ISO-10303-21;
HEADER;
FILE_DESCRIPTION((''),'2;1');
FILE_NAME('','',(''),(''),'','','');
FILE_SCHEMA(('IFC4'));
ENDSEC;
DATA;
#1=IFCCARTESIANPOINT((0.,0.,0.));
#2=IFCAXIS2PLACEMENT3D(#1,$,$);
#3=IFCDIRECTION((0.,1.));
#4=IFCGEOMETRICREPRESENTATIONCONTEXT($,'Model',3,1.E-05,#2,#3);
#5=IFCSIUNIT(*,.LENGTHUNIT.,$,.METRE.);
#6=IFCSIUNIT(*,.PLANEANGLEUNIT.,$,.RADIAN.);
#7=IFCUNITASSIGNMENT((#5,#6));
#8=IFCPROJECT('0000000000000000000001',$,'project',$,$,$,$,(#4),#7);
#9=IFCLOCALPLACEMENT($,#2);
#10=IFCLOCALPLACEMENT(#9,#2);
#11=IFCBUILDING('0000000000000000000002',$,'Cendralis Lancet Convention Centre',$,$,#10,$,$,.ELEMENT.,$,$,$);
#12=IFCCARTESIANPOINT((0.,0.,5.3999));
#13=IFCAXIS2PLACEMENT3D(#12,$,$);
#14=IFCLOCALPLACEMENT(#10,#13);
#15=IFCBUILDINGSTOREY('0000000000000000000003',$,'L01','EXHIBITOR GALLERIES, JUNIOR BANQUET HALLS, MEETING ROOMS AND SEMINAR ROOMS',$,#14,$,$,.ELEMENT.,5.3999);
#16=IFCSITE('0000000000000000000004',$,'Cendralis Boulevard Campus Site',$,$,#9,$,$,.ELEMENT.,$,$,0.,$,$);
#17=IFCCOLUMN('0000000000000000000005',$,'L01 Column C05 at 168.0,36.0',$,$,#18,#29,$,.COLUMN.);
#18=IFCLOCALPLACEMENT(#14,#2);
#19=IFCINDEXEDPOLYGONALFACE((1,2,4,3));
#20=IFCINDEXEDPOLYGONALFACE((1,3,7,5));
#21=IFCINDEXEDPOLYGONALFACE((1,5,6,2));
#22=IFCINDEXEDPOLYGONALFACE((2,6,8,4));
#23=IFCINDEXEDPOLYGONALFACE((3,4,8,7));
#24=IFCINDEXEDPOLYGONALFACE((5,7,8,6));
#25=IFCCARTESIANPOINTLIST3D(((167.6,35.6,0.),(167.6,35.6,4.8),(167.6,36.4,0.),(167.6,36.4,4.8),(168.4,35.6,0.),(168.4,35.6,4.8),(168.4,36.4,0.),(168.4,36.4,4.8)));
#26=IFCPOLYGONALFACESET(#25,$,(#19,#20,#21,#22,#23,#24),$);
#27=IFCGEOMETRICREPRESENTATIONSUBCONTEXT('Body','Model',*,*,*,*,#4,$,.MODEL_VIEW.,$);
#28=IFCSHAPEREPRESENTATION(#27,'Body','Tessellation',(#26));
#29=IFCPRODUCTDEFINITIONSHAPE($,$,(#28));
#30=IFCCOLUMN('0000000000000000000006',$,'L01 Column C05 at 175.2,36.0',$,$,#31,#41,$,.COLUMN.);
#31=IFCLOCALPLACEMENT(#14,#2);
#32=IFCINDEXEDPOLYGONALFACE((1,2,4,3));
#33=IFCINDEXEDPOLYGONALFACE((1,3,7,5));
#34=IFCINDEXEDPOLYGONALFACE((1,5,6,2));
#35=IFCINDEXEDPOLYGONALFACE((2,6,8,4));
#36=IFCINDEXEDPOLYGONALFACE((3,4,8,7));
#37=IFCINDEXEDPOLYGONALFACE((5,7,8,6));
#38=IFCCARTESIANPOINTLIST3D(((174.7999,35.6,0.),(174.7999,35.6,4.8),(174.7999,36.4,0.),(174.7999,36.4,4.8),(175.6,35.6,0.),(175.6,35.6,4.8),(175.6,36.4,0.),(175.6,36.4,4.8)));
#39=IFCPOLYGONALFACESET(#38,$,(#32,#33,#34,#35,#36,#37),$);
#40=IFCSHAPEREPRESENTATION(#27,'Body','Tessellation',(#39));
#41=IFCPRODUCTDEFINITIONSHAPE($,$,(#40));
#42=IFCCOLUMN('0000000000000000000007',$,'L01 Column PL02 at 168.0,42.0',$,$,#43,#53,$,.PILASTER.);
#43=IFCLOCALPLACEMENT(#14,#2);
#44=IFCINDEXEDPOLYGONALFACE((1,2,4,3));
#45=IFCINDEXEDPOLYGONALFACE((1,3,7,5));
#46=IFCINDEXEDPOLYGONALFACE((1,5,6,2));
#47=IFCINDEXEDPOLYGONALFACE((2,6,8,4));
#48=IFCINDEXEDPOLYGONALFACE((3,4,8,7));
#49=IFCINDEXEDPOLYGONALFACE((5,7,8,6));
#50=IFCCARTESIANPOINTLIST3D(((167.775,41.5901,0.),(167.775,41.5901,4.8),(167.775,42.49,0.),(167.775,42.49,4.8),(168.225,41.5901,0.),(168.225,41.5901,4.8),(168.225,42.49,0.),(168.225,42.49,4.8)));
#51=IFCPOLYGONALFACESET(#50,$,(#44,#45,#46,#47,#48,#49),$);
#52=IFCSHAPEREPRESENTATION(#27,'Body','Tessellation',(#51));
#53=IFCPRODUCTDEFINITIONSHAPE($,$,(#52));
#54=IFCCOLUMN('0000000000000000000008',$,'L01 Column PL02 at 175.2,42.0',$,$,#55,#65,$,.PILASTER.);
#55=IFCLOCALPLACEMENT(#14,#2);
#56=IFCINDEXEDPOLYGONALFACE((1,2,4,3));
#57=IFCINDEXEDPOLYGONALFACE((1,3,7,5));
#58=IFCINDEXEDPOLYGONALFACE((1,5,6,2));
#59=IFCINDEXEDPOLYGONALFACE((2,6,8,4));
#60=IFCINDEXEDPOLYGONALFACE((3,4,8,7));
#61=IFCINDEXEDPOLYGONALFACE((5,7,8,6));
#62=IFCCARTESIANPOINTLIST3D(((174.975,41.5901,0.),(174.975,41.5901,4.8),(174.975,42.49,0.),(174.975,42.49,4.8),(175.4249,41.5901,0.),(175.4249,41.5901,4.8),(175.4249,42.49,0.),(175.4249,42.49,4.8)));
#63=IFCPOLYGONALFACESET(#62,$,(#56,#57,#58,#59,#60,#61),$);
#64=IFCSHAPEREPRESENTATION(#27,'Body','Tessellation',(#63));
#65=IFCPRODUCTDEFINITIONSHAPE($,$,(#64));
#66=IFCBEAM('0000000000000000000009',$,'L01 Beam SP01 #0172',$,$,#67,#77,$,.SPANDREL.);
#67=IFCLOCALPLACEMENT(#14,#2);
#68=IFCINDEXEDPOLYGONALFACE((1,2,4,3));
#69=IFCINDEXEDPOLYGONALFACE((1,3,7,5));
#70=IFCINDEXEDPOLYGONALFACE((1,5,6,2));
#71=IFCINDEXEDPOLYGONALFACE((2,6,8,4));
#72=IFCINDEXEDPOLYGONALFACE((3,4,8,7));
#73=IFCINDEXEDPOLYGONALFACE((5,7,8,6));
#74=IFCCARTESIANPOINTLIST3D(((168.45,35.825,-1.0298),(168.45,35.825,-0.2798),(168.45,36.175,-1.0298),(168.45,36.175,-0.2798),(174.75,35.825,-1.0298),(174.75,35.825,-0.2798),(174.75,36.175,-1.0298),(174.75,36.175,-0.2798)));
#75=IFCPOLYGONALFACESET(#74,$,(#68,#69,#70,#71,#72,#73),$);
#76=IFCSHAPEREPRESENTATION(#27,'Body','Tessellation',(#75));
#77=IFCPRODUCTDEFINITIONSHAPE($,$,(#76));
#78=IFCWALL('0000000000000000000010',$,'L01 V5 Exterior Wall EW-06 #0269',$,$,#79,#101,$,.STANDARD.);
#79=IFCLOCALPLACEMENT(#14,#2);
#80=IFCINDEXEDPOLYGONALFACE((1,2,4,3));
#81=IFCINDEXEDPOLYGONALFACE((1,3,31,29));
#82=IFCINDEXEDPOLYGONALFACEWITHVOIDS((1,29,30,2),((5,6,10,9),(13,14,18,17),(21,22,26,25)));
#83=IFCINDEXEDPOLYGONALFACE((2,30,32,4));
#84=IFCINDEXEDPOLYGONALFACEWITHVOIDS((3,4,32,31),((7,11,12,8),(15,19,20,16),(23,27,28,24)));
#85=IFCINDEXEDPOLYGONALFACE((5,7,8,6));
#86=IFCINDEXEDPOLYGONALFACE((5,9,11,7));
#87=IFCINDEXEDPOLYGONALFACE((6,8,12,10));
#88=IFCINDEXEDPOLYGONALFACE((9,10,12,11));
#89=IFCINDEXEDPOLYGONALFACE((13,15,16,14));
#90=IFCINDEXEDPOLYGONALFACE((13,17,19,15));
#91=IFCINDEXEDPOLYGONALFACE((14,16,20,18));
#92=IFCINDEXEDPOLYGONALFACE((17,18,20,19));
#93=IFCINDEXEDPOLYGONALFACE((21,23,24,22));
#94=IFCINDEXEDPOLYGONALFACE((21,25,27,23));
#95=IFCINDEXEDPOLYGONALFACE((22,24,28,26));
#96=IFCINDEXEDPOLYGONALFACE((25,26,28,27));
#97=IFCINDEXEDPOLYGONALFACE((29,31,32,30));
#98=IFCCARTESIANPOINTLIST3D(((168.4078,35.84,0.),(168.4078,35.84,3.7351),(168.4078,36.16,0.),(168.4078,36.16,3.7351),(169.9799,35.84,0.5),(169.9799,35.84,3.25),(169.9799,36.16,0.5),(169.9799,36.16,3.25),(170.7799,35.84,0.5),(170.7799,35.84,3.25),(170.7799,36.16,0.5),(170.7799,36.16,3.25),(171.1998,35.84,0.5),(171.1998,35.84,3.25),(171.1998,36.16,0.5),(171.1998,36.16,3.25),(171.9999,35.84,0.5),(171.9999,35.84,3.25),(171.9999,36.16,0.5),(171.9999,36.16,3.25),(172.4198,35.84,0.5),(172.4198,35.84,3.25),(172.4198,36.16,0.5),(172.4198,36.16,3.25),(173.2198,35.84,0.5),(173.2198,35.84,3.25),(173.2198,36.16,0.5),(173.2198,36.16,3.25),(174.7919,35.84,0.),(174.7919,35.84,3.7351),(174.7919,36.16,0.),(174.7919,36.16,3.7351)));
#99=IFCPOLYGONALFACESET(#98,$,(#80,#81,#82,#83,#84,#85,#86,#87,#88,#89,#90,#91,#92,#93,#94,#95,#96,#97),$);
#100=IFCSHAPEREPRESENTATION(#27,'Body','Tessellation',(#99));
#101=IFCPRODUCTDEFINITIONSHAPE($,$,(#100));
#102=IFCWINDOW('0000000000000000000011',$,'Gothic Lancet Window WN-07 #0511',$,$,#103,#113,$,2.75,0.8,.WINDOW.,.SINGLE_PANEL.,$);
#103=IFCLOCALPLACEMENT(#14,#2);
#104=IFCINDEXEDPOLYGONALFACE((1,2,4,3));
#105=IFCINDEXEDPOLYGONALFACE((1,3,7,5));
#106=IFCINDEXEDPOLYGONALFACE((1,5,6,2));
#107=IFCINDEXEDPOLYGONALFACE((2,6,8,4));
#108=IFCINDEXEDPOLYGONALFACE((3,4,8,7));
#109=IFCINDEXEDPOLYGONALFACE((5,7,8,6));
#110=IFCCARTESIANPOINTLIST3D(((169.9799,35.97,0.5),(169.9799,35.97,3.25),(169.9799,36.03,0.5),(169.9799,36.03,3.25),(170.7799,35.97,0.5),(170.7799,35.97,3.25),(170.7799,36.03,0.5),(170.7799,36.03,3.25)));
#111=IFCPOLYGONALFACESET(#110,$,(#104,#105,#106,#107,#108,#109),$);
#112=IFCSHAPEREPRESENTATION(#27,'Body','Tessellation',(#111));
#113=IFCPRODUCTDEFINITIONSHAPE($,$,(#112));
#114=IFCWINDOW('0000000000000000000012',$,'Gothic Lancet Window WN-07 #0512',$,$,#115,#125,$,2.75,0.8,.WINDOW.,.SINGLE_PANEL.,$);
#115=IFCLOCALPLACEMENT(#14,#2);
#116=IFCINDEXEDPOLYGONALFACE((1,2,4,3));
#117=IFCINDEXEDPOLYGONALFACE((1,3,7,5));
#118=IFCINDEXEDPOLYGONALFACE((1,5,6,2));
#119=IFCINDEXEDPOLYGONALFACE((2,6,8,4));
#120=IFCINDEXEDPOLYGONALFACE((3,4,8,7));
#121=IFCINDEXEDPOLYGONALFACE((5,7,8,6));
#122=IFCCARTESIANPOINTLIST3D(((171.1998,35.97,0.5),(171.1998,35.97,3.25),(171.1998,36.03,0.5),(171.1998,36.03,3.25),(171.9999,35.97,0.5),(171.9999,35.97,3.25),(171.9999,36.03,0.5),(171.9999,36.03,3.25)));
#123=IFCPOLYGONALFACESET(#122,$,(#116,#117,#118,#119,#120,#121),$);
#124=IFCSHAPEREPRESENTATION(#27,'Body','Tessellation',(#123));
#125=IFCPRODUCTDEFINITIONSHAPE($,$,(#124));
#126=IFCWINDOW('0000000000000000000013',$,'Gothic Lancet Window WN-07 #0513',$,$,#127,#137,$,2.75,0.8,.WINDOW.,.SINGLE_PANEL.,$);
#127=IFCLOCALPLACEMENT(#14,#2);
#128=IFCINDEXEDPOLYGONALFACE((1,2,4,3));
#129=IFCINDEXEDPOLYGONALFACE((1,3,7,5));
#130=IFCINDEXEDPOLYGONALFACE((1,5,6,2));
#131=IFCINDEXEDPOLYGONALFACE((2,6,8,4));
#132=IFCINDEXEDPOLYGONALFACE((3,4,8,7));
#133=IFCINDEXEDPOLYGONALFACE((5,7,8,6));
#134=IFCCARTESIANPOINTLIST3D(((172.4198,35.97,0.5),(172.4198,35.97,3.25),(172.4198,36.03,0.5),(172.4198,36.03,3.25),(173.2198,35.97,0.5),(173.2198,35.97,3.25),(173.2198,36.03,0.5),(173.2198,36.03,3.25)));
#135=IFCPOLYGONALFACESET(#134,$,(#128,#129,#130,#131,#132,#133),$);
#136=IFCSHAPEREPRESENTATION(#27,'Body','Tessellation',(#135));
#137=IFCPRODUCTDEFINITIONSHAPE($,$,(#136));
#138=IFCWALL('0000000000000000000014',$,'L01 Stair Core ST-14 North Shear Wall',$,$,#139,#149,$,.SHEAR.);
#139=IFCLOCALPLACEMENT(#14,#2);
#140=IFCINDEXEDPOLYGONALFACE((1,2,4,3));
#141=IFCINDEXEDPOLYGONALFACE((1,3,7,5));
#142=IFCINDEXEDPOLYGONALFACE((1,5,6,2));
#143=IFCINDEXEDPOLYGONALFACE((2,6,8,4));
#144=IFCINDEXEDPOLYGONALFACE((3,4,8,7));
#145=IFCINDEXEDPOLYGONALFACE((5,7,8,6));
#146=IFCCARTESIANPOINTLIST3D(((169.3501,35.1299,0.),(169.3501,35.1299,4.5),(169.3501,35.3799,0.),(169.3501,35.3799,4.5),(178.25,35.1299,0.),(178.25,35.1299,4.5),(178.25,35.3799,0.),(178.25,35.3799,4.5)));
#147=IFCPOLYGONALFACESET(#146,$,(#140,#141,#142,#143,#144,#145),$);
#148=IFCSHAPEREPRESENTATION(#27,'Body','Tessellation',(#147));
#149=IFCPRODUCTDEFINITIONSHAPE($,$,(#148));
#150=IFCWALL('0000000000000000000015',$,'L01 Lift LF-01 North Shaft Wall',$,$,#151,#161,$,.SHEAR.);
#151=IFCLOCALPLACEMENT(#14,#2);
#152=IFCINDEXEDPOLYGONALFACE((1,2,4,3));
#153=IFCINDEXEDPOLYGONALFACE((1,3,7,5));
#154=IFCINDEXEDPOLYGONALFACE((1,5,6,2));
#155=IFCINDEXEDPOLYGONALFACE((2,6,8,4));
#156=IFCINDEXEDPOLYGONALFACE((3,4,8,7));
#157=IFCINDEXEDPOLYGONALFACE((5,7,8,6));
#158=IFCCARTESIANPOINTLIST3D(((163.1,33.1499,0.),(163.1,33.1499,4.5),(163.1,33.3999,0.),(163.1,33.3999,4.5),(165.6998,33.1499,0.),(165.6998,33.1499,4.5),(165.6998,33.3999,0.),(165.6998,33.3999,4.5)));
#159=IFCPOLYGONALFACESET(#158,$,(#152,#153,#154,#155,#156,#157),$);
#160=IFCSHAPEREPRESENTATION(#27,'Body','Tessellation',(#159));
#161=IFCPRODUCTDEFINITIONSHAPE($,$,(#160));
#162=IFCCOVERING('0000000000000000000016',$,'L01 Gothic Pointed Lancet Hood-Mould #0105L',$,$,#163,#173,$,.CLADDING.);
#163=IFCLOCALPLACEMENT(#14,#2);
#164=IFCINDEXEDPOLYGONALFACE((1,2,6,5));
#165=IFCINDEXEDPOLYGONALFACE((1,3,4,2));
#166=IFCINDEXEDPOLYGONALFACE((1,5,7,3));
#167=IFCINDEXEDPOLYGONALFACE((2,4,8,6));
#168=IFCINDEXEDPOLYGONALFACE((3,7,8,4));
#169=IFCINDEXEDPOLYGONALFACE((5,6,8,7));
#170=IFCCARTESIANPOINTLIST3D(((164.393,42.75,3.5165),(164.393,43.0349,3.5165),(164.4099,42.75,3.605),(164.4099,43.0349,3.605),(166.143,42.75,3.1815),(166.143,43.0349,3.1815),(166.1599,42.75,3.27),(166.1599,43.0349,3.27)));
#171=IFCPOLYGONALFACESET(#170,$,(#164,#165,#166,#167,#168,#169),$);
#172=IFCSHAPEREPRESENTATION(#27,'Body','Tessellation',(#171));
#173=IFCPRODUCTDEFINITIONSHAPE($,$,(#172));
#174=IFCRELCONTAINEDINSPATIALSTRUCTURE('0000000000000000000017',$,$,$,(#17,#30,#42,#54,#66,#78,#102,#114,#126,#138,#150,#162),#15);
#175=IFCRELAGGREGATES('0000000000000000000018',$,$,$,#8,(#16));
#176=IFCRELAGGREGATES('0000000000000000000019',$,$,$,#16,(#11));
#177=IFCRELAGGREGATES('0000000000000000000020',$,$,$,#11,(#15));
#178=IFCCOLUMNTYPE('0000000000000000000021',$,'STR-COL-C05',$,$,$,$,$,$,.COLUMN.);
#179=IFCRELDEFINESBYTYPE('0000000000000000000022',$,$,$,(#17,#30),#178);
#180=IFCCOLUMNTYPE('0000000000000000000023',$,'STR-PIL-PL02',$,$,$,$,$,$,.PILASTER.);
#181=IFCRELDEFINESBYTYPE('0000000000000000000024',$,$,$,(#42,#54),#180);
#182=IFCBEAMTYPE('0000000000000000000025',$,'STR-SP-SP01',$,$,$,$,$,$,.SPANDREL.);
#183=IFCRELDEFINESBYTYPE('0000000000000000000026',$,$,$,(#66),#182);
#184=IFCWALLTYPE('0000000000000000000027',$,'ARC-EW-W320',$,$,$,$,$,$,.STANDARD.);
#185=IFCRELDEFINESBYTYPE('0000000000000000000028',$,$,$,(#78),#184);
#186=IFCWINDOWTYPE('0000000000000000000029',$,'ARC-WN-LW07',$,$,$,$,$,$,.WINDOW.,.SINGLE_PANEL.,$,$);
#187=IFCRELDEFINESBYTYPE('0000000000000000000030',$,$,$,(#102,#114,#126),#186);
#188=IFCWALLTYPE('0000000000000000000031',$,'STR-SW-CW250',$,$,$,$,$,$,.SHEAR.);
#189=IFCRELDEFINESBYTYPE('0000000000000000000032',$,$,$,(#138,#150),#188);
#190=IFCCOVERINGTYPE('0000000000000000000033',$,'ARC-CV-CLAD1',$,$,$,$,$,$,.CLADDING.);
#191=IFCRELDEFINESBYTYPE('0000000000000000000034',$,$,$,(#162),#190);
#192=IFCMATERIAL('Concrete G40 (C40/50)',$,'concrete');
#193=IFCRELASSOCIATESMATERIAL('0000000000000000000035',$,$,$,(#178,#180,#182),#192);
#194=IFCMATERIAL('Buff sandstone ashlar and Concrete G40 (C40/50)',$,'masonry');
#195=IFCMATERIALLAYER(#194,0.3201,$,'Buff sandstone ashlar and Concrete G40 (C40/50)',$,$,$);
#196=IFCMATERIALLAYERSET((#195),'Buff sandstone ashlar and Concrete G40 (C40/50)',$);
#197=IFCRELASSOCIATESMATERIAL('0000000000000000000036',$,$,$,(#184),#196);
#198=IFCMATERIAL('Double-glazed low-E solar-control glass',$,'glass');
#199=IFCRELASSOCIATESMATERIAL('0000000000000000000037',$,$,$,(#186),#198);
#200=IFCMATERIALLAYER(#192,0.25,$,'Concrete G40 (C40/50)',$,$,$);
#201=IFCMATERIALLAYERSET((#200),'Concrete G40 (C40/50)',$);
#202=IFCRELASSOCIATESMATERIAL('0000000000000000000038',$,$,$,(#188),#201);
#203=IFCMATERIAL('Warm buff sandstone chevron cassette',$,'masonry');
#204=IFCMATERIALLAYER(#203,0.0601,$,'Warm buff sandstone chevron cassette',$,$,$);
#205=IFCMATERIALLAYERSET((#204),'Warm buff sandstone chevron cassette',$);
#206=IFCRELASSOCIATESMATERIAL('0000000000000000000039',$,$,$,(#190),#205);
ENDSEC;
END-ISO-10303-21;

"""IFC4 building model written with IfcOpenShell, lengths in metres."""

from ifc_helpers import new_model, si_unit, direction, frame, frame_2d, origin, origin_2d, place, context, subcontext, project, spatial, polyline, rectangle, outline, extrude, material, layer, layer_set, material_profile, profile_set, type_object, element, fill, save


model = new_model("IFC4")

# Units and contexts
model_context = context("Model", 3, precision=1e-05, world=origin(), true_north=direction((0.0, 1.0)))
body_context = subcontext(model_context, "Body", "Model", "MODEL_VIEW")
ifc_project = project(units=[si_unit("LENGTHUNIT", "METRE"), si_unit("PLANEANGLEUNIT", "RADIAN")], contexts=[model_context])

# Site, building, storey
site_placement = place(None, origin())
site = spatial("IfcSite", under=ifc_project, at=site_placement, Name="Cendralis Boulevard Campus Site", CompositionType="ELEMENT", RefElevation=0.0)
building_placement = place(site_placement, origin())
building = spatial("IfcBuilding", under=site, at=building_placement, Name="Cendralis Lancet Convention Centre", CompositionType="ELEMENT")
storey_placement = place(building_placement, frame((0.0, 0.0, 5.3999)))
storey = spatial("IfcBuildingStorey", under=building, at=storey_placement, Name="L01", Description="EXHIBITOR GALLERIES, JUNIOR BANQUET HALLS, MEETING ROOMS AND SEMINAR ROOMS", CompositionType="ELEMENT", Elevation=5.3999)

# Columns
ifc_material_1 = material(Name="Concrete G40 (C40/50)", Category="concrete")
ifc_material_profile_1 = material_profile(ifc_material_1, rectangle(XDim=0.8, YDim=0.8, at=origin_2d()), Name="RC 800x800")
ifc_profile_set_1 = profile_set([ifc_material_profile_1], Name="Concrete G40 (C40/50)")
column_type_1 = type_object("IfcColumnType", Name="STR-COL-C05", PredefinedType="COLUMN", material=ifc_profile_set_1)
for number, where, z_axis, x_axis, name in (
    (1, (168.0, 36.0, 0.0), (0.0, 0.0, 1.0), (1.0, 0.0, 0.0), "L01 Column C05 at 168.0,36.0"),
    (2, (175.2, 36.0, 0.0), (0.0, 0.0, 1.0), (1.0, 0.0, 0.0), "L01 Column C05 at 175.2,36.0"),
):
    element("IfcColumn", number, at=place(storey_placement, frame(where, z_axis=z_axis, x_axis=x_axis)), inside=storey, type_object=column_type_1, Name=name, PredefinedType="COLUMN", context=body_context, shape_type="SweptSolid", body=[
        extrude(rectangle(XDim=0.8, YDim=0.8, at=origin_2d()), origin(), (0.0, 0.0, 1.0), 4.8),
    ])
ifc_material_profile_2 = material_profile(ifc_material_1, rectangle(XDim=0.45, YDim=0.8999, at=origin_2d()), Name="RC 450x900")
ifc_profile_set_2 = profile_set([ifc_material_profile_2], Name="Concrete G40 (C40/50)")
column_type_2 = type_object("IfcColumnType", Name="STR-PIL-PL02", PredefinedType="PILASTER", material=ifc_profile_set_2)
for number, where, z_axis, x_axis, name in (
    (3, (168.0, 42.04, 0.0), (0.0, 0.0, 1.0), (1.0, 0.0, 0.0), "L01 Column PL02 at 168.0,42.0"),
    (4, (175.2, 42.04, 0.0), (0.0, 0.0, 1.0), (1.0, 0.0, 0.0), "L01 Column PL02 at 175.2,42.0"),
):
    element("IfcColumn", number, at=place(storey_placement, frame(where, z_axis=z_axis, x_axis=x_axis)), inside=storey, type_object=column_type_2, Name=name, PredefinedType="PILASTER", context=body_context, shape_type="SweptSolid", body=[
        extrude(rectangle(XDim=0.45, YDim=0.8999, at=origin_2d()), origin(), (0.0, 0.0, 1.0), 4.8),
    ])

# Beam
ifc_material_profile_3 = material_profile(ifc_material_1, rectangle(XDim=0.3501, YDim=0.75, at=origin_2d()), Name="RCB 350x750")
ifc_profile_set_3 = profile_set([ifc_material_profile_3], Name="Concrete G40 (C40/50)")
beam_type = type_object("IfcBeamType", Name="STR-SP-SP01", PredefinedType="SPANDREL", material=ifc_profile_set_3)
beam_placement = place(storey_placement, frame((168.45, 36.0, -0.6548), z_axis=(1.0, 0.0, 0.0), x_axis=(0.0, 1.0, 0.0)))
element("IfcBeam", 5, at=beam_placement, inside=storey, type_object=beam_type, Name="L01 Beam SP01 #0172", PredefinedType="SPANDREL", context=body_context, shape_type="SweptSolid", body=[
    extrude(rectangle(XDim=0.3501, YDim=0.75, at=origin_2d()), origin(), (0.0, 0.0, 1.0), 6.3),
])

# Wall, openings, windows
ifc_material_2 = material(Name="Buff sandstone ashlar and Concrete G40 (C40/50)", Category="masonry")
ifc_layer_1 = layer(ifc_material_2, 0.3201, Name="Buff sandstone ashlar and Concrete G40 (C40/50)")
ifc_layer_set_1 = layer_set([ifc_layer_1], Name="Buff sandstone ashlar and Concrete G40 (C40/50)")
wall_type_1 = type_object("IfcWallType", Name="ARC-EW-W320", PredefinedType="STANDARD", material=ifc_layer_set_1)
wall_1_placement = place(storey_placement, frame((168.408, 36.0, 0.0), z_axis=(0.0, 0.0, 1.0), x_axis=(1.0, 0.0, 0.0)))
wall_1 = element("IfcWall", 6, at=wall_1_placement, inside=storey, type_object=wall_type_1, Name="L01 V5 Exterior Wall EW-06 #0269", PredefinedType="STANDARD", context=body_context, shape_type="SweptSolid", body=[
    extrude(rectangle(XDim=6.384, YDim=0.3201, at=frame_2d((3.1919, 0.0))), origin(), (0.0, 0.0, 1.0), 3.7351),
])
opening_1_placement = place(wall_1_placement, frame((1.572, 0.0, 0.5)))
opening_1 = element("IfcOpeningElement", 7, at=opening_1_placement, cuts=wall_1, PredefinedType="OPENING", context=body_context, shape_type="SweptSolid", body=[
    extrude(rectangle(XDim=0.8, YDim=2.75, at=frame_2d((0.3999, 1.375))), frame((0.0, 0.1699, 0.0), z_axis=(0.0, -1.0, 0.0), x_axis=(1.0, 0.0, 0.0)), (0.0, 0.0, 1.0), 0.3401),
])
opening_2_placement = place(wall_1_placement, frame((2.792, 0.0, 0.5)))
opening_2 = element("IfcOpeningElement", 8, at=opening_2_placement, cuts=wall_1, PredefinedType="OPENING", context=body_context, shape_type="SweptSolid", body=[
    extrude(rectangle(XDim=0.8, YDim=2.75, at=frame_2d((0.3999, 1.375))), frame((0.0, 0.1699, 0.0), z_axis=(0.0, -1.0, 0.0), x_axis=(1.0, 0.0, 0.0)), (0.0, 0.0, 1.0), 0.3401),
])
opening_3_placement = place(wall_1_placement, frame((4.012, 0.0, 0.5)))
opening_3 = element("IfcOpeningElement", 9, at=opening_3_placement, cuts=wall_1, PredefinedType="OPENING", context=body_context, shape_type="SweptSolid", body=[
    extrude(rectangle(XDim=0.8, YDim=2.75, at=frame_2d((0.3999, 1.375))), frame((0.0, 0.1699, 0.0), z_axis=(0.0, -1.0, 0.0), x_axis=(1.0, 0.0, 0.0)), (0.0, 0.0, 1.0), 0.3401),
])
ifc_material_3 = material(Name="Double-glazed low-E solar-control glass", Category="glass")
window_type = type_object("IfcWindowType", Name="ARC-WN-LW07", PartitioningType="SINGLE_PANEL", PredefinedType="WINDOW", material=ifc_material_3)
window_1_placement = place(opening_1_placement, origin())
window_1 = element("IfcWindow", 10, at=window_1_placement, inside=storey, type_object=window_type, Name="Gothic Lancet Window WN-07 #0511", OverallHeight=2.75, OverallWidth=0.8, PartitioningType="SINGLE_PANEL", PredefinedType="WINDOW", context=body_context, shape_type="SweptSolid", body=[
    extrude(rectangle(XDim=0.8, YDim=2.75, at=frame_2d((0.3999, 1.375))), frame((0.0, 0.03, 0.0), z_axis=(0.0, -1.0, 0.0), x_axis=(1.0, 0.0, 0.0)), (0.0, 0.0, 1.0), 0.0601),
])
fill(opening_1, window_1)
window_2_placement = place(opening_2_placement, origin())
window_2 = element("IfcWindow", 11, at=window_2_placement, inside=storey, type_object=window_type, Name="Gothic Lancet Window WN-07 #0512", OverallHeight=2.75, OverallWidth=0.8, PartitioningType="SINGLE_PANEL", PredefinedType="WINDOW", context=body_context, shape_type="SweptSolid", body=[
    extrude(rectangle(XDim=0.8, YDim=2.75, at=frame_2d((0.3999, 1.375))), frame((0.0, 0.03, 0.0), z_axis=(0.0, -1.0, 0.0), x_axis=(1.0, 0.0, 0.0)), (0.0, 0.0, 1.0), 0.0601),
])
fill(opening_2, window_2)
window_3_placement = place(opening_3_placement, origin())
window_3 = element("IfcWindow", 12, at=window_3_placement, inside=storey, type_object=window_type, Name="Gothic Lancet Window WN-07 #0513", OverallHeight=2.75, OverallWidth=0.8, PartitioningType="SINGLE_PANEL", PredefinedType="WINDOW", context=body_context, shape_type="SweptSolid", body=[
    extrude(rectangle(XDim=0.8, YDim=2.75, at=frame_2d((0.3999, 1.375))), frame((0.0, 0.03, 0.0), z_axis=(0.0, -1.0, 0.0), x_axis=(1.0, 0.0, 0.0)), (0.0, 0.0, 1.0), 0.0601),
])
fill(opening_3, window_3)

# Shared definitions
ifc_layer_2 = layer(ifc_material_1, 0.25, Name="Concrete G40 (C40/50)")
ifc_layer_set_2 = layer_set([ifc_layer_2], Name="Concrete G40 (C40/50)")
wall_type_2 = type_object("IfcWallType", Name="STR-SW-CW250", PredefinedType="SHEAR", material=ifc_layer_set_2)

# Walls
wall_2_placement = place(storey_placement, frame((169.3501, 35.2549, 0.0), z_axis=(0.0, 0.0, 1.0), x_axis=(1.0, 0.0, 0.0)))
element("IfcWall", 13, at=wall_2_placement, inside=storey, type_object=wall_type_2, Name="L01 Stair Core ST-14 North Shear Wall", PredefinedType="SHEAR", context=body_context, shape_type="SweptSolid", body=[
    extrude(rectangle(XDim=8.8999, YDim=0.25, at=frame_2d((4.45, 0.0))), origin(), (0.0, 0.0, 1.0), 4.5),
])
wall_3_placement = place(storey_placement, frame((163.1001, 33.2749, 0.0), z_axis=(0.0, 0.0, 1.0), x_axis=(1.0, 0.0, 0.0)))
element("IfcWall", 14, at=wall_3_placement, inside=storey, type_object=wall_type_2, Name="L01 Lift LF-01 North Shaft Wall", PredefinedType="SHEAR", context=body_context, shape_type="SweptSolid", body=[
    extrude(rectangle(XDim=2.5999, YDim=0.25, at=frame_2d((1.2998, 0.0))), origin(), (0.0, 0.0, 1.0), 4.5),
])

# Covering
ifc_material_4 = material(Name="Warm buff sandstone chevron cassette", Category="masonry")
ifc_layer_3 = layer(ifc_material_4, 0.0601, Name="Warm buff sandstone chevron cassette")
ifc_layer_set_3 = layer_set([ifc_layer_3], Name="Warm buff sandstone chevron cassette")
covering_type = type_object("IfcCoveringType", Name="ARC-CV-CLAD1", PredefinedType="CLADDING", material=ifc_layer_set_3)
for number, where, z_axis, x_axis, name in (
    (15, (166.1599, 42.75, 3.27), (0.187994, 0.0, 0.98217), (0.0, 1.0, 0.0), "L01 Gothic Pointed Lancet Hood-Mould #0105L"),
):
    element("IfcCovering", number, at=place(storey_placement, frame(where, z_axis=z_axis, x_axis=x_axis)), inside=storey, type_object=covering_type, Name=name, PredefinedType="CLADDING", context=body_context, shape_type="SweptSolid", body=[
        extrude(outline(polyline([(0.0, 0.0), (0.2849, 0.0), (0.2849, 1.7818), (0.0, 1.7818), (0.0, 0.0)])), origin(), (0.0, 0.0, -1.0), 0.0901),
    ])

save(model, "model.ifc")
